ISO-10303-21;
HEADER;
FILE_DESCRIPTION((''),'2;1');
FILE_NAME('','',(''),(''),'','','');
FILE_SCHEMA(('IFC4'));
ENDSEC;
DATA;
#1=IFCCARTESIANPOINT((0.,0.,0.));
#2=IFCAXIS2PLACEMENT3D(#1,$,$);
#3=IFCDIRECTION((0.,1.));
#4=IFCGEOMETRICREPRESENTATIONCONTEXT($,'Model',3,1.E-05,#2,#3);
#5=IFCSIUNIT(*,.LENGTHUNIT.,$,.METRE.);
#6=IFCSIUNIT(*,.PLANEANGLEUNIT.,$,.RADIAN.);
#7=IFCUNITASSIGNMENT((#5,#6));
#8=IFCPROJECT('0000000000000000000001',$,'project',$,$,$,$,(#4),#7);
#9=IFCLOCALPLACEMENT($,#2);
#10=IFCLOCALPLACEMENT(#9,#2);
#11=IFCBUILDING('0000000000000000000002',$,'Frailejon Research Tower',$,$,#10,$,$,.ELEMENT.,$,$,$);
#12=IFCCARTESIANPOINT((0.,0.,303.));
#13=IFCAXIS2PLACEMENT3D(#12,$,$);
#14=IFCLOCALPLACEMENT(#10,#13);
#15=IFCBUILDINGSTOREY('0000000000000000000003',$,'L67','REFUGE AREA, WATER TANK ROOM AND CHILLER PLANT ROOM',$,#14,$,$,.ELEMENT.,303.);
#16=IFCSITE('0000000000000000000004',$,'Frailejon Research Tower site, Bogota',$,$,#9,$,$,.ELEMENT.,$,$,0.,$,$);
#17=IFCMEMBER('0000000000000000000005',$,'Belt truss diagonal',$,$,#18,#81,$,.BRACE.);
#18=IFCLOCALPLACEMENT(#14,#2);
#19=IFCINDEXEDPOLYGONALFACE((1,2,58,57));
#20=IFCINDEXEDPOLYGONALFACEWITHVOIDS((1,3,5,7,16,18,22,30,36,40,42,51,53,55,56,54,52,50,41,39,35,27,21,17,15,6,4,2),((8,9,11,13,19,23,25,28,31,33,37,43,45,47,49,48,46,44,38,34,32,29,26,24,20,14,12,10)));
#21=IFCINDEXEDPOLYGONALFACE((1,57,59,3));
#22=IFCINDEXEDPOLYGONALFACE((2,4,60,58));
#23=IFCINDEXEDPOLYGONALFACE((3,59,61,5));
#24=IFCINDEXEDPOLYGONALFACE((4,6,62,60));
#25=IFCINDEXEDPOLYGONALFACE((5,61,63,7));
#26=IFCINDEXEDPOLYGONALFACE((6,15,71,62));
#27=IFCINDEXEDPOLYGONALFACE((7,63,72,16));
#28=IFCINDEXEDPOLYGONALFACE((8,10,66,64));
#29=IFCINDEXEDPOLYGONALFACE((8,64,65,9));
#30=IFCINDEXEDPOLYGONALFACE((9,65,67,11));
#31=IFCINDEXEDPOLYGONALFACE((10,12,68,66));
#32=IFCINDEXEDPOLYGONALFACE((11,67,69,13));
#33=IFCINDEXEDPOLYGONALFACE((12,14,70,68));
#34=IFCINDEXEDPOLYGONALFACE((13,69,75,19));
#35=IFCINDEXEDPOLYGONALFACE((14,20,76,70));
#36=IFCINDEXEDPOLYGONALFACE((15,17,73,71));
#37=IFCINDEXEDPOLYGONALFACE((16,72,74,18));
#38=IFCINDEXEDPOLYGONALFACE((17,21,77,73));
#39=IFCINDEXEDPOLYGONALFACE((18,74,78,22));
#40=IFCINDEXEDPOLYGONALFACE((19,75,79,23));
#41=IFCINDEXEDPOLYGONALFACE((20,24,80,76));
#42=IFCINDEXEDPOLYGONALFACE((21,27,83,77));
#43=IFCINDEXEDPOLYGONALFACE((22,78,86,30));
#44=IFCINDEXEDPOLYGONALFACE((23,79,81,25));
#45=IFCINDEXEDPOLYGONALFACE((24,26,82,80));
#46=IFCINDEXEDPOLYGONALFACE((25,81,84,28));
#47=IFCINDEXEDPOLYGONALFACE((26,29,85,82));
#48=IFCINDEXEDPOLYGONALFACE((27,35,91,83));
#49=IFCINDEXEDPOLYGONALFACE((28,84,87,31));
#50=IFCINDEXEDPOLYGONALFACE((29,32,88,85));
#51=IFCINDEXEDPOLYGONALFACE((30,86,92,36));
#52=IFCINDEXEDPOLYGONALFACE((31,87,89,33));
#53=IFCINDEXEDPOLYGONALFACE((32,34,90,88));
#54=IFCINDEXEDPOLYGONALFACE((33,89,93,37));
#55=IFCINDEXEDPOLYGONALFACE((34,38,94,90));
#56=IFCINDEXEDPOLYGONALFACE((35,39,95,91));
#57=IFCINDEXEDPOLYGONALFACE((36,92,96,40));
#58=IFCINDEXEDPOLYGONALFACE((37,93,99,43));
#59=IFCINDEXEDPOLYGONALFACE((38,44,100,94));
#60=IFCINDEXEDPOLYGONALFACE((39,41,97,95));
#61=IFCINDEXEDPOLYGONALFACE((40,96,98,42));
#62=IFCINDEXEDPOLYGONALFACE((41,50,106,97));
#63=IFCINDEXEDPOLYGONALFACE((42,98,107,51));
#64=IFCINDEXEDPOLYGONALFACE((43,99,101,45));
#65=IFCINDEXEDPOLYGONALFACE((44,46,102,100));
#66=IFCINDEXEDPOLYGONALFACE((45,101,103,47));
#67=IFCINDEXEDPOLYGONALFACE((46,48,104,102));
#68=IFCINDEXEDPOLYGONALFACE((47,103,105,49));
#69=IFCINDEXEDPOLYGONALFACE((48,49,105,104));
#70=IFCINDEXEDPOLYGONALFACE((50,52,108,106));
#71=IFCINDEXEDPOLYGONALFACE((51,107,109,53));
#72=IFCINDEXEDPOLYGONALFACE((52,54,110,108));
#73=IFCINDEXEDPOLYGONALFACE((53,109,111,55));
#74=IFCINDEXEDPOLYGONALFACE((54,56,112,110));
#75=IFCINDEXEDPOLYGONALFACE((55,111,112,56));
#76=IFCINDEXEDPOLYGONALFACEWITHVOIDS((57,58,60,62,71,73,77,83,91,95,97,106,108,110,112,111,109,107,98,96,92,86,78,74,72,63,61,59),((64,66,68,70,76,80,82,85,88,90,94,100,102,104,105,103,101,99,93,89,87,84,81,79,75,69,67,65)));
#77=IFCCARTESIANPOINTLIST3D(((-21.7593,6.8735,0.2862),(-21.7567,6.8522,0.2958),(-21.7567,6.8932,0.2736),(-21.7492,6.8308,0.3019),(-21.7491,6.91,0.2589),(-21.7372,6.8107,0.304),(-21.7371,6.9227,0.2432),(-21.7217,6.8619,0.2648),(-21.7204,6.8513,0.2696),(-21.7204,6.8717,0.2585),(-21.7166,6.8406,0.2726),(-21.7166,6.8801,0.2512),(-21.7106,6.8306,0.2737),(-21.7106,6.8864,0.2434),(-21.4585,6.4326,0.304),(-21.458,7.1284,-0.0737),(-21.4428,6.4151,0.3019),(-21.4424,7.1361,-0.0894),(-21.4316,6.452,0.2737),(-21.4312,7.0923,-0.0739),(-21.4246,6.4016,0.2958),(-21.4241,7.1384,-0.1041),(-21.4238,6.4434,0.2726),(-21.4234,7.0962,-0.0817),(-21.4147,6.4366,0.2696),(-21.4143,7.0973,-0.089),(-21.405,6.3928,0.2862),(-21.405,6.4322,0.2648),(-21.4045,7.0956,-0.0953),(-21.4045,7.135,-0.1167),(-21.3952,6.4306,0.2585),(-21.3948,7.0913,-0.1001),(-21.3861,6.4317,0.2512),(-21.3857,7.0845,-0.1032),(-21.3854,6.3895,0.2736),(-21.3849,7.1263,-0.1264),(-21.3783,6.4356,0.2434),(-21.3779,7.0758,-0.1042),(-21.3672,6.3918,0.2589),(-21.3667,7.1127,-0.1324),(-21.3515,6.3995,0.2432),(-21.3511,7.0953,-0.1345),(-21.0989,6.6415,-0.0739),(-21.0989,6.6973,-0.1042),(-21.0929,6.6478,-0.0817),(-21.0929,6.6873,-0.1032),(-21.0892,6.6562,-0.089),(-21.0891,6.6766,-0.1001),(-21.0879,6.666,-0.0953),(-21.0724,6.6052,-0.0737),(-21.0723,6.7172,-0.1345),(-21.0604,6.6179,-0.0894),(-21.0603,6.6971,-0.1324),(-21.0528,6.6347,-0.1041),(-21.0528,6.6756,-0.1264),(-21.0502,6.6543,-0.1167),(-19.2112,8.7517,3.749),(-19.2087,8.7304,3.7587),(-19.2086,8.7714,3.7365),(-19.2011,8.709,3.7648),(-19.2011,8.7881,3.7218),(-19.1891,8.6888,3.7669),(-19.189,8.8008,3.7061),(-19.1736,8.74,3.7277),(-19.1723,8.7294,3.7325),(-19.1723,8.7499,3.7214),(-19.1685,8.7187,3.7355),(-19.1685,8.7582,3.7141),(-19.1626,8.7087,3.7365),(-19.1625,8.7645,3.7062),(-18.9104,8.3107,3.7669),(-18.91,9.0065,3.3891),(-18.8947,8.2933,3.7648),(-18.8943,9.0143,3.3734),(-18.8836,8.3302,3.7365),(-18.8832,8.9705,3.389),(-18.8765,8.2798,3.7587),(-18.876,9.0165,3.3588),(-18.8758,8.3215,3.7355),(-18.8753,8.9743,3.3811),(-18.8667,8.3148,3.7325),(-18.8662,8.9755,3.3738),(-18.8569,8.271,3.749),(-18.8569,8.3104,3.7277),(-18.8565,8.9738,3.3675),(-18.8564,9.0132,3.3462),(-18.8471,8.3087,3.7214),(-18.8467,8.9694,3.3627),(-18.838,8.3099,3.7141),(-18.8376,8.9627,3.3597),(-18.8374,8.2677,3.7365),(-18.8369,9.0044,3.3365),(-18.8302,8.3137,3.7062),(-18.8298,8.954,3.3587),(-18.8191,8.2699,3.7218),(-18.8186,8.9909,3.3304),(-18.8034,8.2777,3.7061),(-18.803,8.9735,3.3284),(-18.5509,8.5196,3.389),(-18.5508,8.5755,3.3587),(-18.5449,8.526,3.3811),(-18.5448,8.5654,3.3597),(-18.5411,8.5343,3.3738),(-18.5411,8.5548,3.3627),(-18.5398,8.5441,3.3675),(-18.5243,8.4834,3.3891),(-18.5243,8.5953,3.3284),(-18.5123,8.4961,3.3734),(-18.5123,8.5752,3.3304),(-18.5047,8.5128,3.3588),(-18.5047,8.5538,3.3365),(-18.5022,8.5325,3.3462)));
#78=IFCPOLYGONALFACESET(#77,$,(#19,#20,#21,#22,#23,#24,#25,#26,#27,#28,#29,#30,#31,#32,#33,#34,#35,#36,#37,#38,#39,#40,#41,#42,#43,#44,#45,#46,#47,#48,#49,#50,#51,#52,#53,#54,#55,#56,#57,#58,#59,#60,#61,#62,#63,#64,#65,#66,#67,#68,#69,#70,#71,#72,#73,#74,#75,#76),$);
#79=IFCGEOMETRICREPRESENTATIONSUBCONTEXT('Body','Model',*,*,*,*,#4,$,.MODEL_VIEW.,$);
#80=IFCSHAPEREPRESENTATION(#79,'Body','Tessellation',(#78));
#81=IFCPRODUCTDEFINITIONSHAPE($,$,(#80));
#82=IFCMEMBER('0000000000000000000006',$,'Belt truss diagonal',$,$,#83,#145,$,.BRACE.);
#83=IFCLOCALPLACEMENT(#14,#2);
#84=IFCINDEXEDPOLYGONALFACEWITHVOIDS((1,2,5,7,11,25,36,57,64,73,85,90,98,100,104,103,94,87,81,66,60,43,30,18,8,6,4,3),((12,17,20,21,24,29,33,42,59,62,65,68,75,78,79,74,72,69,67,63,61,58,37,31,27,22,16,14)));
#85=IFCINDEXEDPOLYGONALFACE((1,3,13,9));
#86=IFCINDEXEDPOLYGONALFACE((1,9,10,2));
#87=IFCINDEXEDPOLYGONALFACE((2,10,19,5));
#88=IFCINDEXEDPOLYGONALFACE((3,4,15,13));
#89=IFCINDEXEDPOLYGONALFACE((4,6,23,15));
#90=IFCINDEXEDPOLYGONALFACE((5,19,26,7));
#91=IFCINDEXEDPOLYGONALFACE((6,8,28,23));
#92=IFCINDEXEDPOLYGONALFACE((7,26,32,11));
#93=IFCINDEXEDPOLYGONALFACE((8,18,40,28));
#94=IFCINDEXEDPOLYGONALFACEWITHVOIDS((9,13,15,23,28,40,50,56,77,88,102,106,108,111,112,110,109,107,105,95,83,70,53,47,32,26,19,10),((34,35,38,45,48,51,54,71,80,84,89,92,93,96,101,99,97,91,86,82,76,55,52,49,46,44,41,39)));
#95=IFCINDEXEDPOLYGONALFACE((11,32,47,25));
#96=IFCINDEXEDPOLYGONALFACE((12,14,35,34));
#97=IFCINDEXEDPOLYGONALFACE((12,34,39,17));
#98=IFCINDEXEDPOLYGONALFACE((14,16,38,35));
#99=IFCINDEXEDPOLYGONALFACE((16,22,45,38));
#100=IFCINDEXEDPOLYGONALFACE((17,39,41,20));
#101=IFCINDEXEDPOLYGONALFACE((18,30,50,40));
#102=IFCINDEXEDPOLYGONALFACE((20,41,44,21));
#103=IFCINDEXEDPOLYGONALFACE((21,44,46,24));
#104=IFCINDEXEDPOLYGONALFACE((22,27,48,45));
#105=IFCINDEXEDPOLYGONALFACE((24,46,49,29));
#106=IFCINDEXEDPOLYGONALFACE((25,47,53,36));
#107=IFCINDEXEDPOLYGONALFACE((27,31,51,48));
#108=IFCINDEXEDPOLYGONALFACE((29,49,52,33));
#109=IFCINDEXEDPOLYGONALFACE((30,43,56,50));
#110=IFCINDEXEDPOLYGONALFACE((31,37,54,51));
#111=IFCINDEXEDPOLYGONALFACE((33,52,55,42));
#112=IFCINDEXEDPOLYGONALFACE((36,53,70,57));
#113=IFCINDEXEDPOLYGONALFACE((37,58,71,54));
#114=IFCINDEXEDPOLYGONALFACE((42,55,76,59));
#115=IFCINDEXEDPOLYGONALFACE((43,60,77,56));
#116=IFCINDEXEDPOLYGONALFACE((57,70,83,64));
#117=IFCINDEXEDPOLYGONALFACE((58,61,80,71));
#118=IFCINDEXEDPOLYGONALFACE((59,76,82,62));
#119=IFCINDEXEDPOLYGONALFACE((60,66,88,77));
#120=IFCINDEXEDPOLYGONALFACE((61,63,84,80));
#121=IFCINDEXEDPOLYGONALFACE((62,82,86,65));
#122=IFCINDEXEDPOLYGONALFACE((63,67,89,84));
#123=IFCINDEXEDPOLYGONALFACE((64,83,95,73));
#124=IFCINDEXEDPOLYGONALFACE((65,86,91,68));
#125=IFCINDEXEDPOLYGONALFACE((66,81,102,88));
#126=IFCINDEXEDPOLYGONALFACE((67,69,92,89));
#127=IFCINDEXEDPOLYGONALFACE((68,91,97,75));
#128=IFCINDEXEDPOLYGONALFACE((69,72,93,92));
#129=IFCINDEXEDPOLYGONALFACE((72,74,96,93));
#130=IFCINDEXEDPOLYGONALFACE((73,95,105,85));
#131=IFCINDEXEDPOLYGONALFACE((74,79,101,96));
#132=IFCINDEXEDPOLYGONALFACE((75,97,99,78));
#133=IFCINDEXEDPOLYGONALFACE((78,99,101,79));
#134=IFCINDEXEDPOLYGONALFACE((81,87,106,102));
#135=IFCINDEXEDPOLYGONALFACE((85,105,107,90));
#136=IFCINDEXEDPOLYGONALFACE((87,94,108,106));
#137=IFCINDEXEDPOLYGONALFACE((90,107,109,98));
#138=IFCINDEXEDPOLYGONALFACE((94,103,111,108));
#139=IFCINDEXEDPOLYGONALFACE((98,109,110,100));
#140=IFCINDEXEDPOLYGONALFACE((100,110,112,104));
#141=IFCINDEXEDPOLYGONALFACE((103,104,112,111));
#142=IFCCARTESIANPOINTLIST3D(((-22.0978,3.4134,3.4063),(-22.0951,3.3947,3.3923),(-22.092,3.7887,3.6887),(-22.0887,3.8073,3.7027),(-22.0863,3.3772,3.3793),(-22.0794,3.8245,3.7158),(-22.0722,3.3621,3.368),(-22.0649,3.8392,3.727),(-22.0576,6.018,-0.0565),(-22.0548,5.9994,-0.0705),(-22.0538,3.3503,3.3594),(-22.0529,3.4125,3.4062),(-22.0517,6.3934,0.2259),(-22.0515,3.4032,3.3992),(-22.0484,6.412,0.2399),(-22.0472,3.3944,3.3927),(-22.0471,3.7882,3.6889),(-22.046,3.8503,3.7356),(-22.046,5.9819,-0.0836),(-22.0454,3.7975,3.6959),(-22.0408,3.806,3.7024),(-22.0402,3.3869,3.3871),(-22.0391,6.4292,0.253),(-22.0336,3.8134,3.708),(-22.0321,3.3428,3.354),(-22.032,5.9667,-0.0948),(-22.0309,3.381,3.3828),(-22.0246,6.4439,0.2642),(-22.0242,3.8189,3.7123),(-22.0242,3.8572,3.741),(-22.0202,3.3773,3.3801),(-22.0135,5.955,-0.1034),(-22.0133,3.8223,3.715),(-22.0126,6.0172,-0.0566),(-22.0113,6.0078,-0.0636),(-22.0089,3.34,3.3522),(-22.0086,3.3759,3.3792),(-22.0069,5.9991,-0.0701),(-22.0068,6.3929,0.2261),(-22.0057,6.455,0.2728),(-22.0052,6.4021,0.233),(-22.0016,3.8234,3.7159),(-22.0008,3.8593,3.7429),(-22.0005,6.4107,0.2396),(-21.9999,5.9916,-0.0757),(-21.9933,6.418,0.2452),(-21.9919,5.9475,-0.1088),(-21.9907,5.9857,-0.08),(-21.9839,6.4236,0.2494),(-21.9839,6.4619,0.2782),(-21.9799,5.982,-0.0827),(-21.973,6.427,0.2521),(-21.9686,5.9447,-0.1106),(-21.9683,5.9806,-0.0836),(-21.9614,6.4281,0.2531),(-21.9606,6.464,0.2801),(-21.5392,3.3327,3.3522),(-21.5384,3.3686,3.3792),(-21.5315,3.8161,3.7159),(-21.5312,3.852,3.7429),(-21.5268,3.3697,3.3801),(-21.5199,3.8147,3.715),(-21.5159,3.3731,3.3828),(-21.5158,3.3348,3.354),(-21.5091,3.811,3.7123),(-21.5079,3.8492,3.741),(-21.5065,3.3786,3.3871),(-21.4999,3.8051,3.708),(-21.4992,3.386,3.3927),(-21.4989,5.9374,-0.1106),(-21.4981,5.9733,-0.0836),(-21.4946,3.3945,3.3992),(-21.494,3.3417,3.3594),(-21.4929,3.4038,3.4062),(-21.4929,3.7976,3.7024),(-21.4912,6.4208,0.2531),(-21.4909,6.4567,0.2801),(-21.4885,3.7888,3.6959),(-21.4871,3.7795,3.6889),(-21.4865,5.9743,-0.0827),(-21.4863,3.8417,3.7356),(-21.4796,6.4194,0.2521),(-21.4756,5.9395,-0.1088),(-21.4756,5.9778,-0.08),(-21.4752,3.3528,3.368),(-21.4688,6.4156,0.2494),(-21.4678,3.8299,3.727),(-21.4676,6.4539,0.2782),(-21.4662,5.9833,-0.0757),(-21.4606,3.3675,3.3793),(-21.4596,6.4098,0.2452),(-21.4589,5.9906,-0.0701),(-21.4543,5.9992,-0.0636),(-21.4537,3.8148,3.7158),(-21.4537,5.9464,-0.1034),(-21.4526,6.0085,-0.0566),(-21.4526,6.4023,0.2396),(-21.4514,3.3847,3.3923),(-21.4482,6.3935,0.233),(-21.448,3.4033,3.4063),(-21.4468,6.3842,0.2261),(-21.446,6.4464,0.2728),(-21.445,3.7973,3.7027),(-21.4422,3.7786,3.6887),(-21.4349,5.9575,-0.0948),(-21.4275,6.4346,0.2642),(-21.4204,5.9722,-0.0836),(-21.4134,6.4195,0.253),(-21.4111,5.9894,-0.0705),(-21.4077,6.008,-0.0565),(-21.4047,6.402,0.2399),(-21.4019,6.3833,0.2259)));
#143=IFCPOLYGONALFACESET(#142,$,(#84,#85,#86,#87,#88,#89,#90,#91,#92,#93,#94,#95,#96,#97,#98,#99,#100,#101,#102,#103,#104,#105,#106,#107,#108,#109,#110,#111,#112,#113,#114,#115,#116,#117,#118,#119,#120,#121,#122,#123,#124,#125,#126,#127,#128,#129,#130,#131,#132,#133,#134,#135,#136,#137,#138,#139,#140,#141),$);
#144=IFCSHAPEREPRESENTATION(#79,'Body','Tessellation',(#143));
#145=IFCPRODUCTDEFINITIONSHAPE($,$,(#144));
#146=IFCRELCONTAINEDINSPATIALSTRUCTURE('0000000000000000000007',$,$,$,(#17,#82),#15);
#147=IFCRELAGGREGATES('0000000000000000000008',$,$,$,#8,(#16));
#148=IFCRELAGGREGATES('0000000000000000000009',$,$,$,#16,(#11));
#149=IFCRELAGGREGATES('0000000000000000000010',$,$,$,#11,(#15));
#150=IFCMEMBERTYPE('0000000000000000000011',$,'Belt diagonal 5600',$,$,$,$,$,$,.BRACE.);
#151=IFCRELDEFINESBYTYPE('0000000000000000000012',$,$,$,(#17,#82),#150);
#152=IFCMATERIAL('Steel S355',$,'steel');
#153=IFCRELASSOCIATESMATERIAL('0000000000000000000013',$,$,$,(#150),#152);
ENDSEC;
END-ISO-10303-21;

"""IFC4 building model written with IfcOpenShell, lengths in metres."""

from ifc_helpers import new_model, si_unit, direction, frame, origin, origin_2d, place, context, subcontext, project, spatial, hollow_rectangle, extrude, material, material_profile, profile_set, type_object, element, save


model = new_model("IFC4")

# Units and contexts
model_context = context("Model", 3, precision=1e-05, world=origin(), true_north=direction((0.0, 1.0)))
body_context = subcontext(model_context, "Body", "Model", "MODEL_VIEW")
ifc_project = project(units=[si_unit("LENGTHUNIT", "METRE"), si_unit("PLANEANGLEUNIT", "RADIAN")], contexts=[model_context])

# Site, building, storey
site_placement = place(None, origin())
site = spatial("IfcSite", under=ifc_project, at=site_placement, Name="Frailejon Research Tower site, Bogota", CompositionType="ELEMENT", RefElevation=0.0)
building_placement = place(site_placement, origin())
building = spatial("IfcBuilding", under=site, at=building_placement, Name="Frailejon Research Tower", CompositionType="ELEMENT")
storey_placement = place(building_placement, frame((0.0, 0.0, 303.0)))
storey = spatial("IfcBuildingStorey", under=building, at=storey_placement, Name="L67", Description="REFUGE AREA, WATER TANK ROOM AND CHILLER PLANT ROOM", CompositionType="ELEMENT", Elevation=303.0)

# Members
ifc_material_1 = material(Name="Steel S355", Category="steel")
ifc_material_profile_1 = material_profile(ifc_material_1, hollow_rectangle(XDim=0.6499, YDim=0.6499, WallThickness=0.0449, InnerFilletRadius=0.0449, OuterFilletRadius=0.0901, at=origin_2d()), Name="Belt diagonal 5600")
ifc_profile_set_1 = profile_set([ifc_material_profile_1], Name="Steel S355")
member_type = type_object("IfcMemberType", Name="Belt diagonal 5600", PredefinedType="BRACE", material=ifc_profile_set_1)
member_1_placement = place(storey_placement, frame((-18.8567, 8.6421, 3.5476), z_axis=(-0.543108, -0.400319, -0.73809), x_axis=(0.593328, -0.804961, 0.0)))
element("IfcMember", 1, at=member_1_placement, inside=storey, type_object=member_type, Name="Belt truss diagonal", PredefinedType="BRACE", context=body_context, shape_type="SweptSolid", body=[
    extrude(hollow_rectangle(XDim=0.6499, YDim=0.6499, WallThickness=0.0449, InnerFilletRadius=0.0449, OuterFilletRadius=0.0901, at=origin_2d()), origin(), (0.0, 0.0, 1.0), 4.6917),
])
member_2_placement = place(storey_placement, frame((-21.7297, 6.2007, 0.0847), z_axis=(-0.009296, -0.601091, 0.799126), x_axis=(0.99988, -0.015464, 0.0)))
element("IfcMember", 2, at=member_2_placement, inside=storey, type_object=member_type, Name="Belt truss diagonal", PredefinedType="BRACE", context=body_context, shape_type="SweptSolid", body=[
    extrude(hollow_rectangle(XDim=0.6499, YDim=0.6499, WallThickness=0.0449, InnerFilletRadius=0.0449, OuterFilletRadius=0.0901, at=origin_2d()), origin(), (0.0, 0.0, 1.0), 4.3333),
])

save(model, "model.ifc")
